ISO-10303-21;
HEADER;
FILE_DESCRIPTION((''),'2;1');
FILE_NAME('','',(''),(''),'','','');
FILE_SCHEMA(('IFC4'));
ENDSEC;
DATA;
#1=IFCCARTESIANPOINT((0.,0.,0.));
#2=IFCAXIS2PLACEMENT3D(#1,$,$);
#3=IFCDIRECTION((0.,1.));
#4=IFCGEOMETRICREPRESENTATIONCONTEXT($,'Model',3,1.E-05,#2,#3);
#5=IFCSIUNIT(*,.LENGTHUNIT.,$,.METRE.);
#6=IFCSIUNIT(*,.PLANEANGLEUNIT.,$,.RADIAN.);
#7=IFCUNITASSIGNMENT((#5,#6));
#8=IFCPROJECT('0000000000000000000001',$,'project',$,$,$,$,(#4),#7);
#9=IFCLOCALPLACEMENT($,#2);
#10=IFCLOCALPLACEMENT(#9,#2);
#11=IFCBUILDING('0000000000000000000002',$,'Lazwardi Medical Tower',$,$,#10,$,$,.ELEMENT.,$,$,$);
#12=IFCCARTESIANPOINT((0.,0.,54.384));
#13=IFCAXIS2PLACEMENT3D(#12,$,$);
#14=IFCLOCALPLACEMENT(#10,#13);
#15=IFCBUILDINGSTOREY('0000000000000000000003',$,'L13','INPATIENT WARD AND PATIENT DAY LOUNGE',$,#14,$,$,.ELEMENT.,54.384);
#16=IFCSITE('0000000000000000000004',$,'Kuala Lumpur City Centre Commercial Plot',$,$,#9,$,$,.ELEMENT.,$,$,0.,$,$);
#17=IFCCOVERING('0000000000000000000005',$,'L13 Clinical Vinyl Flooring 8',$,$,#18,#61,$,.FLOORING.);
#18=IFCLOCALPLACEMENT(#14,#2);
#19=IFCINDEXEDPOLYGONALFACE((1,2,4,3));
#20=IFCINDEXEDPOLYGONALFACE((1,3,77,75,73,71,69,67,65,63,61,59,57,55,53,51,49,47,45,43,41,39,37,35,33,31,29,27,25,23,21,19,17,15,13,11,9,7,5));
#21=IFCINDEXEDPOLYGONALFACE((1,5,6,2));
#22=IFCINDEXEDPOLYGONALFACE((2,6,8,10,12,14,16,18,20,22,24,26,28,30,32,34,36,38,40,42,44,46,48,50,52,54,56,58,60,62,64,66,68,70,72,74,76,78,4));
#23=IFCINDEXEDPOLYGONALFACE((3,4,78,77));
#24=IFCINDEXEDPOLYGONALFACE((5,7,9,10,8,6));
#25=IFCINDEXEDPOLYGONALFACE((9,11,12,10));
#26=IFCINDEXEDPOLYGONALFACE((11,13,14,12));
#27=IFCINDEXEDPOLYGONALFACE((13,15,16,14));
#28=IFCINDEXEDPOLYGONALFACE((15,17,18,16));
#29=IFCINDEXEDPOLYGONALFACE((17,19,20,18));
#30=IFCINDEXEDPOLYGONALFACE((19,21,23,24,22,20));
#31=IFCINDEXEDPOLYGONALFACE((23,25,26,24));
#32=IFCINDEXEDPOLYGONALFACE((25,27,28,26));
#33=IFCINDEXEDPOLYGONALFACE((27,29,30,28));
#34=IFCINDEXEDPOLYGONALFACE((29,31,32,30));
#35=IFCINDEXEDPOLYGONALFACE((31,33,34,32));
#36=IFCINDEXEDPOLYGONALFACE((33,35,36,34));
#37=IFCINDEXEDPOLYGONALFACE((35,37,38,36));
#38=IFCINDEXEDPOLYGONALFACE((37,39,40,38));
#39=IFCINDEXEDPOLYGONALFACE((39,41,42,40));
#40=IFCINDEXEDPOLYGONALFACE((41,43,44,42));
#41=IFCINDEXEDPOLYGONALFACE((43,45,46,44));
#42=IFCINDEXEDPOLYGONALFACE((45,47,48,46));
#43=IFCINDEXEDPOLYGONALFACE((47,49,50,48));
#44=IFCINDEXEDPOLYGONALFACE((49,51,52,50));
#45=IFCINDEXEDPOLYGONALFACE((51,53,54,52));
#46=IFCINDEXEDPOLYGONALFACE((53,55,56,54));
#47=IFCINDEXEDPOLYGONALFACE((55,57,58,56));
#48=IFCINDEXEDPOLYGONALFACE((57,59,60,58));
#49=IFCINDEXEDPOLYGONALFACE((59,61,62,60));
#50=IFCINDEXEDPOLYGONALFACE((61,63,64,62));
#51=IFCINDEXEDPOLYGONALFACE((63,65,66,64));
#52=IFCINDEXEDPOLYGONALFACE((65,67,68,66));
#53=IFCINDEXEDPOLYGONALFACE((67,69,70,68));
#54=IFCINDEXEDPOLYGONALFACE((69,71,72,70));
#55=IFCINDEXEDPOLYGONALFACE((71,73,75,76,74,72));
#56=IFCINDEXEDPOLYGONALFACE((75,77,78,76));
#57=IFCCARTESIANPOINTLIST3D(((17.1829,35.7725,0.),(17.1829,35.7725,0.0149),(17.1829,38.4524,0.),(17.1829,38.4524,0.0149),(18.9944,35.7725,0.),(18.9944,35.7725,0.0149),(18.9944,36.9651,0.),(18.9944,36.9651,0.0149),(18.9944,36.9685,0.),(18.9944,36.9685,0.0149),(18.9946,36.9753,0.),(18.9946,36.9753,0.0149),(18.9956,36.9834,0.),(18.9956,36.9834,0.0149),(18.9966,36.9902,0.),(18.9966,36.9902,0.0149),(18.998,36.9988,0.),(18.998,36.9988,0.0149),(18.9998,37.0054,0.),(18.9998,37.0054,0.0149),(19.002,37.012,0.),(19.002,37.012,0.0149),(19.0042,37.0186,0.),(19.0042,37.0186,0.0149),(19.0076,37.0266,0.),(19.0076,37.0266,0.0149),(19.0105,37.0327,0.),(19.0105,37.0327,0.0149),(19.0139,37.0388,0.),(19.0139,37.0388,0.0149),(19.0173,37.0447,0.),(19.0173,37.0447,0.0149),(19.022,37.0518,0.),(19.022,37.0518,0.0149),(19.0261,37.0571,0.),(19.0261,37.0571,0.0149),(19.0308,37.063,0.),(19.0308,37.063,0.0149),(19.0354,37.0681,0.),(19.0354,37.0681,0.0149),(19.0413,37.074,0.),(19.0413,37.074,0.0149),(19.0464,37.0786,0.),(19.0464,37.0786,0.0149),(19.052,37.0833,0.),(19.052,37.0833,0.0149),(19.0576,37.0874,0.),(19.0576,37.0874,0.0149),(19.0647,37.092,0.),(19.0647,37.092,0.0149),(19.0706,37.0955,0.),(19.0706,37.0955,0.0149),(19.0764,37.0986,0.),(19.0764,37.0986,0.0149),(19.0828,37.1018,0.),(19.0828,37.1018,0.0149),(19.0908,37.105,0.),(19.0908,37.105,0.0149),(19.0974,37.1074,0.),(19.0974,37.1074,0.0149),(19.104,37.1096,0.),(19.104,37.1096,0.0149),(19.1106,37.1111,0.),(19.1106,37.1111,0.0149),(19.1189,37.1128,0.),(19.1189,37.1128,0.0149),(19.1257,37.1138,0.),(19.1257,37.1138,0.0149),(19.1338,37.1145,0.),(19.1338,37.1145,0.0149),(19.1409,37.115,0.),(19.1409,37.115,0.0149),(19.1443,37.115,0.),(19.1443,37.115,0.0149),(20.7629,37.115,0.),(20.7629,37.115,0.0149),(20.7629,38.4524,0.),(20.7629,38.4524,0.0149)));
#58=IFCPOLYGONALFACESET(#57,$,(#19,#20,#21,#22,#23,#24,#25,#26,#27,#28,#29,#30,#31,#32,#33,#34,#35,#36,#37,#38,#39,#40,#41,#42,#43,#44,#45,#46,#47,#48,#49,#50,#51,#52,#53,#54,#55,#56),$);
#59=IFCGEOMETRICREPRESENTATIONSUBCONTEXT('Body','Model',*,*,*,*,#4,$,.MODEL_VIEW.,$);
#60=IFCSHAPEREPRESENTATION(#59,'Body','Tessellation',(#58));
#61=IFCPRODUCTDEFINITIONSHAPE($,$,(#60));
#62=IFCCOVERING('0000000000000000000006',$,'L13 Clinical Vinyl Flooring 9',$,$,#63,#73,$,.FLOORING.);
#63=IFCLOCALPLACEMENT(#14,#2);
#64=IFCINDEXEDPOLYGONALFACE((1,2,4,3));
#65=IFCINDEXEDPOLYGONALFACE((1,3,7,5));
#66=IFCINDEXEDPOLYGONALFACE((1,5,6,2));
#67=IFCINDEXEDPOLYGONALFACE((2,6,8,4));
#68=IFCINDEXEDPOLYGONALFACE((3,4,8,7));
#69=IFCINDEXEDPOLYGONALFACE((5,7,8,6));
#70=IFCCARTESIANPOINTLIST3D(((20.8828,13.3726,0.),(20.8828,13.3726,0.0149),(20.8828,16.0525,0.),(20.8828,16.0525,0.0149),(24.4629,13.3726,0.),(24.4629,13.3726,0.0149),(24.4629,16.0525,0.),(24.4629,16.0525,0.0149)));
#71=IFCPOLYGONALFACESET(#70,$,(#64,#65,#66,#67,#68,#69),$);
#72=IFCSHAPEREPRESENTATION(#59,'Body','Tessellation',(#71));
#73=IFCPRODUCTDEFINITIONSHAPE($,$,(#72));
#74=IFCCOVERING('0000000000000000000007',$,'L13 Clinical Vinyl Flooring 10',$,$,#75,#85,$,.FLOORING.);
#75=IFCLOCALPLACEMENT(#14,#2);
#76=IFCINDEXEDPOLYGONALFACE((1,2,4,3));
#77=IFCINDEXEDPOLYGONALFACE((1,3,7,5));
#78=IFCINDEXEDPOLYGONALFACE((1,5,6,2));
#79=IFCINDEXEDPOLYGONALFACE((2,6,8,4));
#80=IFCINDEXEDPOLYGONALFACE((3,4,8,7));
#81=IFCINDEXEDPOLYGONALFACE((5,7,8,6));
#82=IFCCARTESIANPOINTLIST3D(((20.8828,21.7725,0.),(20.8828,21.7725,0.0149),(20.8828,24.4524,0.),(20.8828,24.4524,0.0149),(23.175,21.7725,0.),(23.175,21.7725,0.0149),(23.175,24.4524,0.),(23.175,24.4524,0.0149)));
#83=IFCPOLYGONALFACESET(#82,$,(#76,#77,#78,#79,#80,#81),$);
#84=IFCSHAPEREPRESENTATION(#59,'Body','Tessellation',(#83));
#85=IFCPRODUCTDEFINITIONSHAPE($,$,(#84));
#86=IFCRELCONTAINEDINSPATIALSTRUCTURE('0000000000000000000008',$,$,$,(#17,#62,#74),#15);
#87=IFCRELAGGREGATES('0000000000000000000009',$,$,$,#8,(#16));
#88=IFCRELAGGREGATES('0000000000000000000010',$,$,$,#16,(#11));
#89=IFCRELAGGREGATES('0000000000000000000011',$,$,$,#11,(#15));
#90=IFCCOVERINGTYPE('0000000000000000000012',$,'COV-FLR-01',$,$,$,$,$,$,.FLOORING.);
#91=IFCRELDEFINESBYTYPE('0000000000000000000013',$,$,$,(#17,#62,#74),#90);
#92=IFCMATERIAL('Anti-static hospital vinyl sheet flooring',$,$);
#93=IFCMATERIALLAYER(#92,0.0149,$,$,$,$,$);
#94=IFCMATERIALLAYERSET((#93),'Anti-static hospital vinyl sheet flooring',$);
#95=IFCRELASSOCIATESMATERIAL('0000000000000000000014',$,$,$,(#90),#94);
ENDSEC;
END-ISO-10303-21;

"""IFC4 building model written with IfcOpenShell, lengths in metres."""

from ifc_helpers import new_model, si_unit, direction, frame, origin, place, context, subcontext, project, spatial, polyline, outline, extrude, material, layer, layer_set, type_object, element, save


model = new_model("IFC4")

# Units and contexts
model_context = context("Model", 3, precision=1e-05, world=origin(), true_north=direction((0.0, 1.0)))
body_context = subcontext(model_context, "Body", "Model", "MODEL_VIEW")
ifc_project = project(units=[si_unit("LENGTHUNIT", "METRE"), si_unit("PLANEANGLEUNIT", "RADIAN")], contexts=[model_context])

# Site, building, storey
site_placement = place(None, origin())
site = spatial("IfcSite", under=ifc_project, at=site_placement, Name="Kuala Lumpur City Centre Commercial Plot", CompositionType="ELEMENT", RefElevation=0.0)
building_placement = place(site_placement, origin())
building = spatial("IfcBuilding", under=site, at=building_placement, Name="Lazwardi Medical Tower", CompositionType="ELEMENT")
storey_placement = place(building_placement, frame((0.0, 0.0, 54.384)))
storey = spatial("IfcBuildingStorey", under=building, at=storey_placement, Name="L13", Description="INPATIENT WARD AND PATIENT DAY LOUNGE", CompositionType="ELEMENT", Elevation=54.384)

# Coverings
ifc_material_1 = material(Name="Anti-static hospital vinyl sheet flooring")
ifc_layer_1 = layer(ifc_material_1, 0.0149)
ifc_layer_set_1 = layer_set([ifc_layer_1], Name="Anti-static hospital vinyl sheet flooring")
covering_type_1 = type_object("IfcCoveringType", Name="COV-FLR-01", PredefinedType="FLOORING", material=ifc_layer_set_1)
covering_1_placement = place(storey_placement, origin())
element("IfcCovering", 1, at=covering_1_placement, inside=storey, type_object=covering_type_1, Name="L13 Clinical Vinyl Flooring 8", PredefinedType="FLOORING", context=body_context, shape_type="SweptSolid", body=[
    extrude(outline(polyline([(18.9944, 35.7725), (18.9944, 36.9651), (18.9944, 36.9685), (18.9946, 36.9753), (18.9956, 36.9834), (18.9966, 36.9902), (18.998, 36.9988), (18.9998, 37.0054), (19.002, 37.012), (19.0042, 37.0186), (19.0076, 37.0266), (19.0105, 37.0327), (19.0139, 37.0388), (19.0173, 37.0447), (19.022, 37.0518), (19.0261, 37.0571), (19.0308, 37.063), (19.0354, 37.0681), (19.0413, 37.074), (19.0464, 37.0786), (19.052, 37.0833), (19.0576, 37.0874), (19.0647, 37.092), (19.0706, 37.0955), (19.0764, 37.0986), (19.0828, 37.1018), (19.0908, 37.105), (19.0974, 37.1074), (19.104, 37.1096), (19.1106, 37.1111), (19.1189, 37.1128), (19.1257, 37.1138), (19.1338, 37.1145), (19.1409, 37.115), (19.1443, 37.115), (20.7629, 37.115), (20.7629, 38.4524), (17.1829, 38.4524), (17.1829, 35.7725), (18.9944, 35.7725)])), origin(), (0.0, 0.0, 1.0), 0.0149),
])
covering_2_placement = place(storey_placement, origin())
element("IfcCovering", 2, at=covering_2_placement, inside=storey, type_object=covering_type_1, Name="L13 Clinical Vinyl Flooring 9", PredefinedType="FLOORING", context=body_context, shape_type="SweptSolid", body=[
    extrude(outline(polyline([(24.4629, 13.3726), (24.4629, 16.0525), (20.8828, 16.0525), (20.8828, 13.3726), (24.4629, 13.3726)])), origin(), (0.0, 0.0, 1.0), 0.0149),
])
covering_3_placement = place(storey_placement, origin())
element("IfcCovering", 3, at=covering_3_placement, inside=storey, type_object=covering_type_1, Name="L13 Clinical Vinyl Flooring 10", PredefinedType="FLOORING", context=body_context, shape_type="SweptSolid", body=[
    extrude(outline(polyline([(23.175, 21.7725), (23.175, 24.4524), (20.8828, 24.4524), (20.8828, 21.7725), (23.175, 21.7725)])), origin(), (0.0, 0.0, 1.0), 0.0149),
])

save(model, "model.ifc")
